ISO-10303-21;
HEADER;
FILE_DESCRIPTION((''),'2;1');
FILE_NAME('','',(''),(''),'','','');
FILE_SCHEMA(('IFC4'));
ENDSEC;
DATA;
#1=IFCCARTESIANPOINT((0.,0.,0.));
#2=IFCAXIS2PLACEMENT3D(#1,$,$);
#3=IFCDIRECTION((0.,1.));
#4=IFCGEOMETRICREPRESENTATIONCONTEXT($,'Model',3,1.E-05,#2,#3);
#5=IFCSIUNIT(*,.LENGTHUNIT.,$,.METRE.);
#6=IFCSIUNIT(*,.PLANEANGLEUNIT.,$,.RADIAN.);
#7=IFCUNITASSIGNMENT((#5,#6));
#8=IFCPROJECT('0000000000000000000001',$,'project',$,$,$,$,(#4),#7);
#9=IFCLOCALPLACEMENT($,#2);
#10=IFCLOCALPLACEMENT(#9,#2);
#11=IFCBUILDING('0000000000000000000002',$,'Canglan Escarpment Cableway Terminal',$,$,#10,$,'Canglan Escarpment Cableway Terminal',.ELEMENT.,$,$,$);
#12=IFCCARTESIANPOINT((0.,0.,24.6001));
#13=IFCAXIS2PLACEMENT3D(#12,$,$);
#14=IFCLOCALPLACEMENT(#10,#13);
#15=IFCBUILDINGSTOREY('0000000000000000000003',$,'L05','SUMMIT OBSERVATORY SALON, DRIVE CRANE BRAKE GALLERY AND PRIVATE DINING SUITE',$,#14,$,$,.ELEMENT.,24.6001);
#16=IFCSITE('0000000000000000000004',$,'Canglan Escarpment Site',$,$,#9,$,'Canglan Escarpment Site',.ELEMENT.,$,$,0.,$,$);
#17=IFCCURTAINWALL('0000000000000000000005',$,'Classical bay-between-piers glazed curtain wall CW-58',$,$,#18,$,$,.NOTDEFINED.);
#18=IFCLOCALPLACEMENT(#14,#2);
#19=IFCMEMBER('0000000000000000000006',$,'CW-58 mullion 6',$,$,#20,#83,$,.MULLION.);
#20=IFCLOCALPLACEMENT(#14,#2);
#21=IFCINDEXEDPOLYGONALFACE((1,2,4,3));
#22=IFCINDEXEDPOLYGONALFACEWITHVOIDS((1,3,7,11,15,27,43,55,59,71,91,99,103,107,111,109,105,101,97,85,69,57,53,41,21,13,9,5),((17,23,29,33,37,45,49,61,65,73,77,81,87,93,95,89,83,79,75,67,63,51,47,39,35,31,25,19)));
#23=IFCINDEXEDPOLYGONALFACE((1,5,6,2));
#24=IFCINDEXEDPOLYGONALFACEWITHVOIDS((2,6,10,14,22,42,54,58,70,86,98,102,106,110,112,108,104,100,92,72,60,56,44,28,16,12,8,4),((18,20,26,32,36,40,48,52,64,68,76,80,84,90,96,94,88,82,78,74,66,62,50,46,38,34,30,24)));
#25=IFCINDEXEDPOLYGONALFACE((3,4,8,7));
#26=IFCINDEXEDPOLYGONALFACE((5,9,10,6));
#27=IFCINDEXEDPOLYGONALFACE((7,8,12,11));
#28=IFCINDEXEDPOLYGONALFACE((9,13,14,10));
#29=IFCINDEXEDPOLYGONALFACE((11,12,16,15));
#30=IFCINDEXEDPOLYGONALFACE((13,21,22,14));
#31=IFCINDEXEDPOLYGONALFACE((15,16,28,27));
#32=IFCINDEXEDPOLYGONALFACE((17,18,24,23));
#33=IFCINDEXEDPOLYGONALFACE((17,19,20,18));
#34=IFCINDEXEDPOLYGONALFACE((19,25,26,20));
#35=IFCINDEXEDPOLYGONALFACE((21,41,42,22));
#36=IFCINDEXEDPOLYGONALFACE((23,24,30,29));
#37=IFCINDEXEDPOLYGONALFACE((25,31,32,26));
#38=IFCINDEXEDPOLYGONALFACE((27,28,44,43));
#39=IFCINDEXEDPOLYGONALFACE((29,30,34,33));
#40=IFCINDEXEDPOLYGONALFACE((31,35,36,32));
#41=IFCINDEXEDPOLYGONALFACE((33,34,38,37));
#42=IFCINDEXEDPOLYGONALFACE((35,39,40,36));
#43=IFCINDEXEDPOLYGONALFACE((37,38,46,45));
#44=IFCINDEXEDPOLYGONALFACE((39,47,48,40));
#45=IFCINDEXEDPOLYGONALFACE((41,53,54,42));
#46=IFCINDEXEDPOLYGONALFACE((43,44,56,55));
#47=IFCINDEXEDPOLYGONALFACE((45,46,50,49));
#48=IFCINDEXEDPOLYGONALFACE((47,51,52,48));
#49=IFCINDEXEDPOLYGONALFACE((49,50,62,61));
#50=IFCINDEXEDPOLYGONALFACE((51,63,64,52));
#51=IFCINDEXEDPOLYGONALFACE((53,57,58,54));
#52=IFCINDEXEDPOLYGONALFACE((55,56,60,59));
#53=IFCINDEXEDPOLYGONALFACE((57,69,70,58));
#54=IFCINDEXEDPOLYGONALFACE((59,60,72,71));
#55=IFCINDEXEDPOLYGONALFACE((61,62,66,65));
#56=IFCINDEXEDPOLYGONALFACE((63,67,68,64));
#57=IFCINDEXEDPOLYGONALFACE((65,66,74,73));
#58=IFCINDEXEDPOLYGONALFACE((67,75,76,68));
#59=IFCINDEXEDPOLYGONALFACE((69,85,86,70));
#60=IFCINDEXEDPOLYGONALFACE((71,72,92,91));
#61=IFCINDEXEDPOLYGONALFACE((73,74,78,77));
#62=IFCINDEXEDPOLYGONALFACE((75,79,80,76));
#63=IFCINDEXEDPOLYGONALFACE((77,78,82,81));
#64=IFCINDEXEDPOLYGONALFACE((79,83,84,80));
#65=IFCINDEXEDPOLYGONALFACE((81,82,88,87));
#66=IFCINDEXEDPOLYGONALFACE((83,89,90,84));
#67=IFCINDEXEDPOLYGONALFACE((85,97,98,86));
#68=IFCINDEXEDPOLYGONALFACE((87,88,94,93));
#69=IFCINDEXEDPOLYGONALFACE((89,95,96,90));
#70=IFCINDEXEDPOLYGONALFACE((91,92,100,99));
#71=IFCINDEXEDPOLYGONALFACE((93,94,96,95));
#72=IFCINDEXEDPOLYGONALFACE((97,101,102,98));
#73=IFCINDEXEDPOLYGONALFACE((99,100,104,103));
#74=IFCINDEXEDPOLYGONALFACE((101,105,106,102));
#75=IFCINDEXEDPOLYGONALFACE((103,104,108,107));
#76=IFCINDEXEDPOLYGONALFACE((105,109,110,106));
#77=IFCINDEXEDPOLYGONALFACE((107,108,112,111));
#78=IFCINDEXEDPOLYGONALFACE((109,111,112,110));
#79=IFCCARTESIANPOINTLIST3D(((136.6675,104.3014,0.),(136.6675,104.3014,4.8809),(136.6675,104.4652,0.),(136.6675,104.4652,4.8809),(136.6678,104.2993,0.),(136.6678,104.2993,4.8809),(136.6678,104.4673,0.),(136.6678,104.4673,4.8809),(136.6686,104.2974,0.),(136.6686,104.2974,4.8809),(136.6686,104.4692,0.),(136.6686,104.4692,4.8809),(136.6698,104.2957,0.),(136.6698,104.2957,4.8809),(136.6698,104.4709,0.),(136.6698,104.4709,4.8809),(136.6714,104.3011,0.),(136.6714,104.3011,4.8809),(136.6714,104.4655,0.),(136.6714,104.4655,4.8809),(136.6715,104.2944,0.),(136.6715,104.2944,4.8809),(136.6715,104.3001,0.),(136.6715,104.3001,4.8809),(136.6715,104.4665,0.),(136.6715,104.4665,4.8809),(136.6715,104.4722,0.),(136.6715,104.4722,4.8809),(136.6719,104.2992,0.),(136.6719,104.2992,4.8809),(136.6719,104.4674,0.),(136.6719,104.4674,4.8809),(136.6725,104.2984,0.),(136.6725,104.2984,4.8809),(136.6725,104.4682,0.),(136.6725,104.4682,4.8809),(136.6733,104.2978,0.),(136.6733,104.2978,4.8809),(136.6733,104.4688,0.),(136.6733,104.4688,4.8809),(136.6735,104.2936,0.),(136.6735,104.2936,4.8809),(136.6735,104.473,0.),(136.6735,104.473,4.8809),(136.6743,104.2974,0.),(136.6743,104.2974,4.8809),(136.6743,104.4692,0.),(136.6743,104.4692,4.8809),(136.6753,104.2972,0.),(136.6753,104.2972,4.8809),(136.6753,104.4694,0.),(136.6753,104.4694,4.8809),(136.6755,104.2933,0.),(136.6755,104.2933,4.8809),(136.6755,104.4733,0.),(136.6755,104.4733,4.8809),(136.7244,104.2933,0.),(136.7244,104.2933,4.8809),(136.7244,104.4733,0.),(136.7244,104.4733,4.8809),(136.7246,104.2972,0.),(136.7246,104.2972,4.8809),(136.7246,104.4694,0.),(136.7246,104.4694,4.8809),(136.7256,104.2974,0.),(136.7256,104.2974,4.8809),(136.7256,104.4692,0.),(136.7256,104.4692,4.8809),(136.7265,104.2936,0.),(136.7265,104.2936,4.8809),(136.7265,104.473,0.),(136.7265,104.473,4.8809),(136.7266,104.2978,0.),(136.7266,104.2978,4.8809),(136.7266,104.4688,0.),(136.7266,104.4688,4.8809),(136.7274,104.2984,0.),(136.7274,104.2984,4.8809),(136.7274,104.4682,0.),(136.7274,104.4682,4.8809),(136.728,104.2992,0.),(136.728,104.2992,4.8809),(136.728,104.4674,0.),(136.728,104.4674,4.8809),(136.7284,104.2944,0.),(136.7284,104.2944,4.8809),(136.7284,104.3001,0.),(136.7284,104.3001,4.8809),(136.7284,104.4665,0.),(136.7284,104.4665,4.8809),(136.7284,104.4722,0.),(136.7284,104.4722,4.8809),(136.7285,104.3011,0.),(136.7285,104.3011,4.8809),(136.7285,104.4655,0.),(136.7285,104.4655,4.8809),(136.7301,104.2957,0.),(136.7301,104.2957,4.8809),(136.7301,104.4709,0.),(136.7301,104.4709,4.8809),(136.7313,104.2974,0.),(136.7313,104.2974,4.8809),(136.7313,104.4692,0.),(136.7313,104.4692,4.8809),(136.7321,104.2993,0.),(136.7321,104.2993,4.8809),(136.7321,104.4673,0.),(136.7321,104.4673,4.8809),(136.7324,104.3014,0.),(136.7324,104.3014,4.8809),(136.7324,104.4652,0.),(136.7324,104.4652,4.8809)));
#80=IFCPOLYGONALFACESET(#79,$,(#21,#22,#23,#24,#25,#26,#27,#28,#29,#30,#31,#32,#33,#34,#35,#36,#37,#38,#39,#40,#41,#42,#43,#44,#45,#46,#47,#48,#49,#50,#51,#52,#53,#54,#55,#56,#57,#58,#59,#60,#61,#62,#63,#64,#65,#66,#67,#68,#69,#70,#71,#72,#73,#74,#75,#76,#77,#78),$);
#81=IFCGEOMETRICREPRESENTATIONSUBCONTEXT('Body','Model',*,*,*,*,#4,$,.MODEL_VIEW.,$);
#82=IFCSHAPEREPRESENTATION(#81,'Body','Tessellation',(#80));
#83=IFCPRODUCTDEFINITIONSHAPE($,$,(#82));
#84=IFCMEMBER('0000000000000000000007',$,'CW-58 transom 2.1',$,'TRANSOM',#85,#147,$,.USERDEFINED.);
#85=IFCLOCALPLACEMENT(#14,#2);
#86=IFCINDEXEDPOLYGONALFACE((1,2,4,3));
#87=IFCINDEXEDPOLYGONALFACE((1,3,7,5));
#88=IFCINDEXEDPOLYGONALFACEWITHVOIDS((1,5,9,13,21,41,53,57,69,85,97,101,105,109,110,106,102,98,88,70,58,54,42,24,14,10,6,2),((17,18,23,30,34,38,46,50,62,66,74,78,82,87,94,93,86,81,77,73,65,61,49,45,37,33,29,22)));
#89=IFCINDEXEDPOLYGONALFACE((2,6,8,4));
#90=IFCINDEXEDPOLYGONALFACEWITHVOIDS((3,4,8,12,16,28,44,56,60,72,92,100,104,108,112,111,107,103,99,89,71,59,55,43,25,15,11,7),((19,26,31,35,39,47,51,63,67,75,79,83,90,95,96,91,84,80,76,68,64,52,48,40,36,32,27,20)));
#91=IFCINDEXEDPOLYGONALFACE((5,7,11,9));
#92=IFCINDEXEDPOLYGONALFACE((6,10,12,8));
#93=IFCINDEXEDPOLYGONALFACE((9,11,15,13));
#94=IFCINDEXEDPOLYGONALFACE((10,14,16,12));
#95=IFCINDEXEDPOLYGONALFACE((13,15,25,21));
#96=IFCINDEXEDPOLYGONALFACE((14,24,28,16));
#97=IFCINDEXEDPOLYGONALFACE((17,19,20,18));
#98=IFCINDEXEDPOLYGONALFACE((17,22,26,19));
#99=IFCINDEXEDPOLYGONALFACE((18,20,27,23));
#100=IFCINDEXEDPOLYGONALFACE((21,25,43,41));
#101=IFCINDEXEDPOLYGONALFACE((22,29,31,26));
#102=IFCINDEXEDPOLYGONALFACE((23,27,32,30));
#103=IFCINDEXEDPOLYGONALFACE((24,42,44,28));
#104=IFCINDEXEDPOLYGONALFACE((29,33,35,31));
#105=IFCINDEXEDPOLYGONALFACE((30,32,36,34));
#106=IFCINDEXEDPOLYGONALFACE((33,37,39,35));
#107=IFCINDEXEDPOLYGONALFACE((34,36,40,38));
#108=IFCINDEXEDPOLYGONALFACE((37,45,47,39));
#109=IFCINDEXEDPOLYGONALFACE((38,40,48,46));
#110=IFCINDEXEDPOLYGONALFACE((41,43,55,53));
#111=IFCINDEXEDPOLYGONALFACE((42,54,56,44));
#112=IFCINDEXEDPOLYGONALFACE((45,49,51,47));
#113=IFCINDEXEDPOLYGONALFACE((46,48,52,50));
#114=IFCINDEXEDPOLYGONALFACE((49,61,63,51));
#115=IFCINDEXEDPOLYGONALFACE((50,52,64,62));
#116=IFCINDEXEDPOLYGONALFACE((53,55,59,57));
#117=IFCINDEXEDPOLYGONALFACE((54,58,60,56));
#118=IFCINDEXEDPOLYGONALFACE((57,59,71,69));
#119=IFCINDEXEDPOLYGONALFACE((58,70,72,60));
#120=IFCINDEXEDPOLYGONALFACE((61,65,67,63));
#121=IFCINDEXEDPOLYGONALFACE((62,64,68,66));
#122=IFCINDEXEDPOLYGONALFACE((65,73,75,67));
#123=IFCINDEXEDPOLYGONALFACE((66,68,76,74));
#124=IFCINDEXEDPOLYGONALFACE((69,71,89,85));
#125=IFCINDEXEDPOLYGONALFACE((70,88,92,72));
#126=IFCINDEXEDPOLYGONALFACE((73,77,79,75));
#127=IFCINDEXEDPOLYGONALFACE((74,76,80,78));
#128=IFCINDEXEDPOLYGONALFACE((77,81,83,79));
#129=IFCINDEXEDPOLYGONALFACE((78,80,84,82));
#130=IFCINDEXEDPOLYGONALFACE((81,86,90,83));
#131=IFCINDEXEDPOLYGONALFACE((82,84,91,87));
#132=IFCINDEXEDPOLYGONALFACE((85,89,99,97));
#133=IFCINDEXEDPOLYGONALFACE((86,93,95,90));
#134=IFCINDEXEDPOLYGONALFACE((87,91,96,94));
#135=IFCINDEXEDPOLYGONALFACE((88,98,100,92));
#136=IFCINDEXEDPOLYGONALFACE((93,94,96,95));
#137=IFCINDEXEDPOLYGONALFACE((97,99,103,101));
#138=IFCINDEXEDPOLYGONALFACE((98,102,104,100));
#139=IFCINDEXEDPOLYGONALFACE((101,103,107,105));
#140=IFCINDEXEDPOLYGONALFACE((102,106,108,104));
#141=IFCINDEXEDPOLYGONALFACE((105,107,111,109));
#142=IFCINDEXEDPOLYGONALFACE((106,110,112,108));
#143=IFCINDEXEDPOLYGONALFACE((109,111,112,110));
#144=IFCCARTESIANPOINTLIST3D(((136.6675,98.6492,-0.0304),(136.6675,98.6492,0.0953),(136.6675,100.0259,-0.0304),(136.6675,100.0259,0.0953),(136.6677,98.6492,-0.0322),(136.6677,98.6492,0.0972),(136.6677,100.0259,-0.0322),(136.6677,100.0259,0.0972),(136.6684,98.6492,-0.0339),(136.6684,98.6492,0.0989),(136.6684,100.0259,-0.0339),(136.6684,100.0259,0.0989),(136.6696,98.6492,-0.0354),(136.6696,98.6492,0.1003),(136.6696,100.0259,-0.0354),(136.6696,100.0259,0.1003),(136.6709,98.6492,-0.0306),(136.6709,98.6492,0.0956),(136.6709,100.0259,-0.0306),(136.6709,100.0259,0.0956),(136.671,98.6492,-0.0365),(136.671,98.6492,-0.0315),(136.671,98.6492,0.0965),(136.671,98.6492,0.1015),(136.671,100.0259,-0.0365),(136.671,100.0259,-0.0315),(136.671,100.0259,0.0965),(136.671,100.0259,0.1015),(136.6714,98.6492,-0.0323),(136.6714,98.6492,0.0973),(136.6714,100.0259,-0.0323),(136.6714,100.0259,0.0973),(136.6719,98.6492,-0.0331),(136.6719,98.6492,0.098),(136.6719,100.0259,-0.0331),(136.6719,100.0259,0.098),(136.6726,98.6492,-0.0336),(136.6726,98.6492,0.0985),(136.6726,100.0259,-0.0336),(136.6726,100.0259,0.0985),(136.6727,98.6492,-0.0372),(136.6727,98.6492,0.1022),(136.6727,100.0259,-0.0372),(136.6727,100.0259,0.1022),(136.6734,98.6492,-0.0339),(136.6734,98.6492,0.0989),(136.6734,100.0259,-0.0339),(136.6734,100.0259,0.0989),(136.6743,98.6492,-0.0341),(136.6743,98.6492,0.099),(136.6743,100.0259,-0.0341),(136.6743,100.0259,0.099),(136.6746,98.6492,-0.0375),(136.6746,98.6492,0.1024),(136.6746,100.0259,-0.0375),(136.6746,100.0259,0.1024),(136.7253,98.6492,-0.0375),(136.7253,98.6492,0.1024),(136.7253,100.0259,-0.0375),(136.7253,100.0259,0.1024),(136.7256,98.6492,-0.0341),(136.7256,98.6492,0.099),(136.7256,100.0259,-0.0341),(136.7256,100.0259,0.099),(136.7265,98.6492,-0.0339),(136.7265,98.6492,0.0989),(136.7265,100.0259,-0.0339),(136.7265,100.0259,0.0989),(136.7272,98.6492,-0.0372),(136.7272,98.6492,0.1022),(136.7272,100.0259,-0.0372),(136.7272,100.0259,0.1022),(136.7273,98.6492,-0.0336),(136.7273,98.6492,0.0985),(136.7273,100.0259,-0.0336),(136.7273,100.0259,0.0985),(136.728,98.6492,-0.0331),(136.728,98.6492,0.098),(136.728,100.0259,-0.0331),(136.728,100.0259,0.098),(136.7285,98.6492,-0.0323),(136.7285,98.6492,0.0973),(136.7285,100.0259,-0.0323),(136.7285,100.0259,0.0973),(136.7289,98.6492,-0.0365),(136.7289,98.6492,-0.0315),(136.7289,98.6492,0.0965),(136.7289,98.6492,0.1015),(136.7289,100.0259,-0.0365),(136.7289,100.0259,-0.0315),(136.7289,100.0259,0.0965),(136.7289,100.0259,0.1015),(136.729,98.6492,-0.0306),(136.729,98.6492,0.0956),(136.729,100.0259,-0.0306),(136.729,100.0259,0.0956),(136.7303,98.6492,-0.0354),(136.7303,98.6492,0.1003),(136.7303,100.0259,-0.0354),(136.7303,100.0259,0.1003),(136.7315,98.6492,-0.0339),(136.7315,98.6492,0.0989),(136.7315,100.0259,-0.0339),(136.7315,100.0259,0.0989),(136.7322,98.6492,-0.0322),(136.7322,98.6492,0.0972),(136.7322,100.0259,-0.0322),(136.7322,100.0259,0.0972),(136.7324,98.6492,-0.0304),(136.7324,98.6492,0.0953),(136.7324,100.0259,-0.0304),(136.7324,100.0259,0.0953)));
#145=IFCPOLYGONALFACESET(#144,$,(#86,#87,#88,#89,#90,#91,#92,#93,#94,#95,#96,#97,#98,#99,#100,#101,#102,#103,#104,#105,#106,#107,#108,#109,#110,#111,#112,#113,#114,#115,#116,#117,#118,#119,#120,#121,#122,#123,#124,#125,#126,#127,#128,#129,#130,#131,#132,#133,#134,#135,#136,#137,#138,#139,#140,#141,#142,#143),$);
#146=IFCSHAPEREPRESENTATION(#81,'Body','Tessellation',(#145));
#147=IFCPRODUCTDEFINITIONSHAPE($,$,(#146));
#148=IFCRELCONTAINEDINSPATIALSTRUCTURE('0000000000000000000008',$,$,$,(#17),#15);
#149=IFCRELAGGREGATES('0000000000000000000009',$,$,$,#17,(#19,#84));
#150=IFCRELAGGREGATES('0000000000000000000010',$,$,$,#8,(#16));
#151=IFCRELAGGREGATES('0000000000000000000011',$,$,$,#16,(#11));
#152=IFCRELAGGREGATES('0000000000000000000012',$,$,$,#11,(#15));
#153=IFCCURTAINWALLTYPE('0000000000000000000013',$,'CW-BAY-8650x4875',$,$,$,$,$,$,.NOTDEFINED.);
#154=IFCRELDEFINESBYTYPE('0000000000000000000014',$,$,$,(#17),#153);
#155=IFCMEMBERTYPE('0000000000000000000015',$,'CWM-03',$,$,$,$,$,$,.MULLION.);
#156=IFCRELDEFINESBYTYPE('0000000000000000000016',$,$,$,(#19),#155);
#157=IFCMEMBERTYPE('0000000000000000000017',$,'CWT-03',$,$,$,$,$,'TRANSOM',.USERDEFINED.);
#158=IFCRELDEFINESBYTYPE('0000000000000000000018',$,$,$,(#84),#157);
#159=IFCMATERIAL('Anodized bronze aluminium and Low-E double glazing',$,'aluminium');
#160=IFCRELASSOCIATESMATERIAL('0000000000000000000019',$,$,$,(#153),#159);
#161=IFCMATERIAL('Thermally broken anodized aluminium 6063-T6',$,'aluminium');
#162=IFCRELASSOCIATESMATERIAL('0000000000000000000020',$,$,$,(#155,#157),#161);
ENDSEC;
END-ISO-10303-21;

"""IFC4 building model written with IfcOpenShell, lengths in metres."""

from ifc_helpers import new_model, si_unit, direction, frame, origin, origin_2d, place, context, subcontext, project, spatial, hollow_rectangle, extrude, material, material_profile, profile_set, type_object, element, aggregate, save


model = new_model("IFC4")

# Units and contexts
model_context = context("Model", 3, precision=1e-05, world=origin(), true_north=direction((0.0, 1.0)))
body_context = subcontext(model_context, "Body", "Model", "MODEL_VIEW")
ifc_project = project(units=[si_unit("LENGTHUNIT", "METRE"), si_unit("PLANEANGLEUNIT", "RADIAN")], contexts=[model_context])

# Site, building, storey
site_placement = place(None, origin())
site = spatial("IfcSite", under=ifc_project, at=site_placement, Name="Canglan Escarpment Site", LongName="Canglan Escarpment Site", CompositionType="ELEMENT", RefElevation=0.0)
building_placement = place(site_placement, origin())
building = spatial("IfcBuilding", under=site, at=building_placement, Name="Canglan Escarpment Cableway Terminal", LongName="Canglan Escarpment Cableway Terminal", CompositionType="ELEMENT")
storey_placement = place(building_placement, frame((0.0, 0.0, 24.6001)))
storey = spatial("IfcBuildingStorey", under=building, at=storey_placement, Name="L05", Description="SUMMIT OBSERVATORY SALON, DRIVE CRANE BRAKE GALLERY AND PRIVATE DINING SUITE", CompositionType="ELEMENT", Elevation=24.6001)

# Curtain wall, members
ifc_material_1 = material(Name="Anodized bronze aluminium and Low-E double glazing", Category="aluminium")
curtain_wall_type = type_object("IfcCurtainWallType", Name="CW-BAY-8650x4875", PredefinedType="NOTDEFINED", material=ifc_material_1)
curtain_wall_placement = place(storey_placement, origin())
curtain_wall = element("IfcCurtainWall", 1, at=curtain_wall_placement, inside=storey, type_object=curtain_wall_type, Name="Classical bay-between-piers glazed curtain wall CW-58", PredefinedType="NOTDEFINED")
ifc_material_2 = material(Name="Thermally broken anodized aluminium 6063-T6", Category="aluminium")
ifc_material_profile_1 = material_profile(ifc_material_2, hollow_rectangle(XDim=0.0649, YDim=0.1799, WallThickness=0.0039, InnerFilletRadius=0.0039, OuterFilletRadius=0.0081, at=origin_2d()), Name="ALU-MULL 65x180x4")
ifc_profile_set_1 = profile_set([ifc_material_profile_1], Name="Thermally broken anodized aluminium 6063-T6")
member_type_1 = type_object("IfcMemberType", Name="CWM-03", PredefinedType="MULLION", material=ifc_profile_set_1)
member_1_placement = place(storey_placement, frame((136.7, 104.3833, 0.0), z_axis=(0.0, 0.0, 1.0), x_axis=(-1.0, 0.0, 0.0)))
member_1 = element("IfcMember", 2, at=member_1_placement, type_object=member_type_1, Name="CW-58 mullion 6", PredefinedType="MULLION", context=body_context, shape_type="SweptSolid", body=[
    extrude(hollow_rectangle(XDim=0.0649, YDim=0.1799, WallThickness=0.0039, InnerFilletRadius=0.0039, OuterFilletRadius=0.0081, at=origin_2d()), origin(), (0.0, 0.0, 1.0), 4.8809),
])
ifc_material_profile_2 = material_profile(ifc_material_2, hollow_rectangle(XDim=0.0649, YDim=0.1399, WallThickness=0.0034, InnerFilletRadius=0.0034, OuterFilletRadius=0.0071, at=origin_2d()), Name="ALU-TRAN 65x140x3.5")
ifc_profile_set_2 = profile_set([ifc_material_profile_2], Name="Thermally broken anodized aluminium 6063-T6")
member_type_2 = type_object("IfcMemberType", Name="CWT-03", ElementType="TRANSOM", PredefinedType="USERDEFINED", material=ifc_profile_set_2)
member_2_placement = place(storey_placement, frame((136.7, 98.6492, 0.0325), z_axis=(0.0, 1.0, 0.0), x_axis=(-1.0, 0.0, 0.0)))
member_2 = element("IfcMember", 3, at=member_2_placement, type_object=member_type_2, Name="CW-58 transom 2.1", ObjectType="TRANSOM", PredefinedType="USERDEFINED", context=body_context, shape_type="SweptSolid", body=[
    extrude(hollow_rectangle(XDim=0.0649, YDim=0.1399, WallThickness=0.0034, InnerFilletRadius=0.0034, OuterFilletRadius=0.0071, at=origin_2d()), origin(), (0.0, 0.0, 1.0), 1.3767),
])
aggregate(curtain_wall, [member_1, member_2])

save(model, "model.ifc")
